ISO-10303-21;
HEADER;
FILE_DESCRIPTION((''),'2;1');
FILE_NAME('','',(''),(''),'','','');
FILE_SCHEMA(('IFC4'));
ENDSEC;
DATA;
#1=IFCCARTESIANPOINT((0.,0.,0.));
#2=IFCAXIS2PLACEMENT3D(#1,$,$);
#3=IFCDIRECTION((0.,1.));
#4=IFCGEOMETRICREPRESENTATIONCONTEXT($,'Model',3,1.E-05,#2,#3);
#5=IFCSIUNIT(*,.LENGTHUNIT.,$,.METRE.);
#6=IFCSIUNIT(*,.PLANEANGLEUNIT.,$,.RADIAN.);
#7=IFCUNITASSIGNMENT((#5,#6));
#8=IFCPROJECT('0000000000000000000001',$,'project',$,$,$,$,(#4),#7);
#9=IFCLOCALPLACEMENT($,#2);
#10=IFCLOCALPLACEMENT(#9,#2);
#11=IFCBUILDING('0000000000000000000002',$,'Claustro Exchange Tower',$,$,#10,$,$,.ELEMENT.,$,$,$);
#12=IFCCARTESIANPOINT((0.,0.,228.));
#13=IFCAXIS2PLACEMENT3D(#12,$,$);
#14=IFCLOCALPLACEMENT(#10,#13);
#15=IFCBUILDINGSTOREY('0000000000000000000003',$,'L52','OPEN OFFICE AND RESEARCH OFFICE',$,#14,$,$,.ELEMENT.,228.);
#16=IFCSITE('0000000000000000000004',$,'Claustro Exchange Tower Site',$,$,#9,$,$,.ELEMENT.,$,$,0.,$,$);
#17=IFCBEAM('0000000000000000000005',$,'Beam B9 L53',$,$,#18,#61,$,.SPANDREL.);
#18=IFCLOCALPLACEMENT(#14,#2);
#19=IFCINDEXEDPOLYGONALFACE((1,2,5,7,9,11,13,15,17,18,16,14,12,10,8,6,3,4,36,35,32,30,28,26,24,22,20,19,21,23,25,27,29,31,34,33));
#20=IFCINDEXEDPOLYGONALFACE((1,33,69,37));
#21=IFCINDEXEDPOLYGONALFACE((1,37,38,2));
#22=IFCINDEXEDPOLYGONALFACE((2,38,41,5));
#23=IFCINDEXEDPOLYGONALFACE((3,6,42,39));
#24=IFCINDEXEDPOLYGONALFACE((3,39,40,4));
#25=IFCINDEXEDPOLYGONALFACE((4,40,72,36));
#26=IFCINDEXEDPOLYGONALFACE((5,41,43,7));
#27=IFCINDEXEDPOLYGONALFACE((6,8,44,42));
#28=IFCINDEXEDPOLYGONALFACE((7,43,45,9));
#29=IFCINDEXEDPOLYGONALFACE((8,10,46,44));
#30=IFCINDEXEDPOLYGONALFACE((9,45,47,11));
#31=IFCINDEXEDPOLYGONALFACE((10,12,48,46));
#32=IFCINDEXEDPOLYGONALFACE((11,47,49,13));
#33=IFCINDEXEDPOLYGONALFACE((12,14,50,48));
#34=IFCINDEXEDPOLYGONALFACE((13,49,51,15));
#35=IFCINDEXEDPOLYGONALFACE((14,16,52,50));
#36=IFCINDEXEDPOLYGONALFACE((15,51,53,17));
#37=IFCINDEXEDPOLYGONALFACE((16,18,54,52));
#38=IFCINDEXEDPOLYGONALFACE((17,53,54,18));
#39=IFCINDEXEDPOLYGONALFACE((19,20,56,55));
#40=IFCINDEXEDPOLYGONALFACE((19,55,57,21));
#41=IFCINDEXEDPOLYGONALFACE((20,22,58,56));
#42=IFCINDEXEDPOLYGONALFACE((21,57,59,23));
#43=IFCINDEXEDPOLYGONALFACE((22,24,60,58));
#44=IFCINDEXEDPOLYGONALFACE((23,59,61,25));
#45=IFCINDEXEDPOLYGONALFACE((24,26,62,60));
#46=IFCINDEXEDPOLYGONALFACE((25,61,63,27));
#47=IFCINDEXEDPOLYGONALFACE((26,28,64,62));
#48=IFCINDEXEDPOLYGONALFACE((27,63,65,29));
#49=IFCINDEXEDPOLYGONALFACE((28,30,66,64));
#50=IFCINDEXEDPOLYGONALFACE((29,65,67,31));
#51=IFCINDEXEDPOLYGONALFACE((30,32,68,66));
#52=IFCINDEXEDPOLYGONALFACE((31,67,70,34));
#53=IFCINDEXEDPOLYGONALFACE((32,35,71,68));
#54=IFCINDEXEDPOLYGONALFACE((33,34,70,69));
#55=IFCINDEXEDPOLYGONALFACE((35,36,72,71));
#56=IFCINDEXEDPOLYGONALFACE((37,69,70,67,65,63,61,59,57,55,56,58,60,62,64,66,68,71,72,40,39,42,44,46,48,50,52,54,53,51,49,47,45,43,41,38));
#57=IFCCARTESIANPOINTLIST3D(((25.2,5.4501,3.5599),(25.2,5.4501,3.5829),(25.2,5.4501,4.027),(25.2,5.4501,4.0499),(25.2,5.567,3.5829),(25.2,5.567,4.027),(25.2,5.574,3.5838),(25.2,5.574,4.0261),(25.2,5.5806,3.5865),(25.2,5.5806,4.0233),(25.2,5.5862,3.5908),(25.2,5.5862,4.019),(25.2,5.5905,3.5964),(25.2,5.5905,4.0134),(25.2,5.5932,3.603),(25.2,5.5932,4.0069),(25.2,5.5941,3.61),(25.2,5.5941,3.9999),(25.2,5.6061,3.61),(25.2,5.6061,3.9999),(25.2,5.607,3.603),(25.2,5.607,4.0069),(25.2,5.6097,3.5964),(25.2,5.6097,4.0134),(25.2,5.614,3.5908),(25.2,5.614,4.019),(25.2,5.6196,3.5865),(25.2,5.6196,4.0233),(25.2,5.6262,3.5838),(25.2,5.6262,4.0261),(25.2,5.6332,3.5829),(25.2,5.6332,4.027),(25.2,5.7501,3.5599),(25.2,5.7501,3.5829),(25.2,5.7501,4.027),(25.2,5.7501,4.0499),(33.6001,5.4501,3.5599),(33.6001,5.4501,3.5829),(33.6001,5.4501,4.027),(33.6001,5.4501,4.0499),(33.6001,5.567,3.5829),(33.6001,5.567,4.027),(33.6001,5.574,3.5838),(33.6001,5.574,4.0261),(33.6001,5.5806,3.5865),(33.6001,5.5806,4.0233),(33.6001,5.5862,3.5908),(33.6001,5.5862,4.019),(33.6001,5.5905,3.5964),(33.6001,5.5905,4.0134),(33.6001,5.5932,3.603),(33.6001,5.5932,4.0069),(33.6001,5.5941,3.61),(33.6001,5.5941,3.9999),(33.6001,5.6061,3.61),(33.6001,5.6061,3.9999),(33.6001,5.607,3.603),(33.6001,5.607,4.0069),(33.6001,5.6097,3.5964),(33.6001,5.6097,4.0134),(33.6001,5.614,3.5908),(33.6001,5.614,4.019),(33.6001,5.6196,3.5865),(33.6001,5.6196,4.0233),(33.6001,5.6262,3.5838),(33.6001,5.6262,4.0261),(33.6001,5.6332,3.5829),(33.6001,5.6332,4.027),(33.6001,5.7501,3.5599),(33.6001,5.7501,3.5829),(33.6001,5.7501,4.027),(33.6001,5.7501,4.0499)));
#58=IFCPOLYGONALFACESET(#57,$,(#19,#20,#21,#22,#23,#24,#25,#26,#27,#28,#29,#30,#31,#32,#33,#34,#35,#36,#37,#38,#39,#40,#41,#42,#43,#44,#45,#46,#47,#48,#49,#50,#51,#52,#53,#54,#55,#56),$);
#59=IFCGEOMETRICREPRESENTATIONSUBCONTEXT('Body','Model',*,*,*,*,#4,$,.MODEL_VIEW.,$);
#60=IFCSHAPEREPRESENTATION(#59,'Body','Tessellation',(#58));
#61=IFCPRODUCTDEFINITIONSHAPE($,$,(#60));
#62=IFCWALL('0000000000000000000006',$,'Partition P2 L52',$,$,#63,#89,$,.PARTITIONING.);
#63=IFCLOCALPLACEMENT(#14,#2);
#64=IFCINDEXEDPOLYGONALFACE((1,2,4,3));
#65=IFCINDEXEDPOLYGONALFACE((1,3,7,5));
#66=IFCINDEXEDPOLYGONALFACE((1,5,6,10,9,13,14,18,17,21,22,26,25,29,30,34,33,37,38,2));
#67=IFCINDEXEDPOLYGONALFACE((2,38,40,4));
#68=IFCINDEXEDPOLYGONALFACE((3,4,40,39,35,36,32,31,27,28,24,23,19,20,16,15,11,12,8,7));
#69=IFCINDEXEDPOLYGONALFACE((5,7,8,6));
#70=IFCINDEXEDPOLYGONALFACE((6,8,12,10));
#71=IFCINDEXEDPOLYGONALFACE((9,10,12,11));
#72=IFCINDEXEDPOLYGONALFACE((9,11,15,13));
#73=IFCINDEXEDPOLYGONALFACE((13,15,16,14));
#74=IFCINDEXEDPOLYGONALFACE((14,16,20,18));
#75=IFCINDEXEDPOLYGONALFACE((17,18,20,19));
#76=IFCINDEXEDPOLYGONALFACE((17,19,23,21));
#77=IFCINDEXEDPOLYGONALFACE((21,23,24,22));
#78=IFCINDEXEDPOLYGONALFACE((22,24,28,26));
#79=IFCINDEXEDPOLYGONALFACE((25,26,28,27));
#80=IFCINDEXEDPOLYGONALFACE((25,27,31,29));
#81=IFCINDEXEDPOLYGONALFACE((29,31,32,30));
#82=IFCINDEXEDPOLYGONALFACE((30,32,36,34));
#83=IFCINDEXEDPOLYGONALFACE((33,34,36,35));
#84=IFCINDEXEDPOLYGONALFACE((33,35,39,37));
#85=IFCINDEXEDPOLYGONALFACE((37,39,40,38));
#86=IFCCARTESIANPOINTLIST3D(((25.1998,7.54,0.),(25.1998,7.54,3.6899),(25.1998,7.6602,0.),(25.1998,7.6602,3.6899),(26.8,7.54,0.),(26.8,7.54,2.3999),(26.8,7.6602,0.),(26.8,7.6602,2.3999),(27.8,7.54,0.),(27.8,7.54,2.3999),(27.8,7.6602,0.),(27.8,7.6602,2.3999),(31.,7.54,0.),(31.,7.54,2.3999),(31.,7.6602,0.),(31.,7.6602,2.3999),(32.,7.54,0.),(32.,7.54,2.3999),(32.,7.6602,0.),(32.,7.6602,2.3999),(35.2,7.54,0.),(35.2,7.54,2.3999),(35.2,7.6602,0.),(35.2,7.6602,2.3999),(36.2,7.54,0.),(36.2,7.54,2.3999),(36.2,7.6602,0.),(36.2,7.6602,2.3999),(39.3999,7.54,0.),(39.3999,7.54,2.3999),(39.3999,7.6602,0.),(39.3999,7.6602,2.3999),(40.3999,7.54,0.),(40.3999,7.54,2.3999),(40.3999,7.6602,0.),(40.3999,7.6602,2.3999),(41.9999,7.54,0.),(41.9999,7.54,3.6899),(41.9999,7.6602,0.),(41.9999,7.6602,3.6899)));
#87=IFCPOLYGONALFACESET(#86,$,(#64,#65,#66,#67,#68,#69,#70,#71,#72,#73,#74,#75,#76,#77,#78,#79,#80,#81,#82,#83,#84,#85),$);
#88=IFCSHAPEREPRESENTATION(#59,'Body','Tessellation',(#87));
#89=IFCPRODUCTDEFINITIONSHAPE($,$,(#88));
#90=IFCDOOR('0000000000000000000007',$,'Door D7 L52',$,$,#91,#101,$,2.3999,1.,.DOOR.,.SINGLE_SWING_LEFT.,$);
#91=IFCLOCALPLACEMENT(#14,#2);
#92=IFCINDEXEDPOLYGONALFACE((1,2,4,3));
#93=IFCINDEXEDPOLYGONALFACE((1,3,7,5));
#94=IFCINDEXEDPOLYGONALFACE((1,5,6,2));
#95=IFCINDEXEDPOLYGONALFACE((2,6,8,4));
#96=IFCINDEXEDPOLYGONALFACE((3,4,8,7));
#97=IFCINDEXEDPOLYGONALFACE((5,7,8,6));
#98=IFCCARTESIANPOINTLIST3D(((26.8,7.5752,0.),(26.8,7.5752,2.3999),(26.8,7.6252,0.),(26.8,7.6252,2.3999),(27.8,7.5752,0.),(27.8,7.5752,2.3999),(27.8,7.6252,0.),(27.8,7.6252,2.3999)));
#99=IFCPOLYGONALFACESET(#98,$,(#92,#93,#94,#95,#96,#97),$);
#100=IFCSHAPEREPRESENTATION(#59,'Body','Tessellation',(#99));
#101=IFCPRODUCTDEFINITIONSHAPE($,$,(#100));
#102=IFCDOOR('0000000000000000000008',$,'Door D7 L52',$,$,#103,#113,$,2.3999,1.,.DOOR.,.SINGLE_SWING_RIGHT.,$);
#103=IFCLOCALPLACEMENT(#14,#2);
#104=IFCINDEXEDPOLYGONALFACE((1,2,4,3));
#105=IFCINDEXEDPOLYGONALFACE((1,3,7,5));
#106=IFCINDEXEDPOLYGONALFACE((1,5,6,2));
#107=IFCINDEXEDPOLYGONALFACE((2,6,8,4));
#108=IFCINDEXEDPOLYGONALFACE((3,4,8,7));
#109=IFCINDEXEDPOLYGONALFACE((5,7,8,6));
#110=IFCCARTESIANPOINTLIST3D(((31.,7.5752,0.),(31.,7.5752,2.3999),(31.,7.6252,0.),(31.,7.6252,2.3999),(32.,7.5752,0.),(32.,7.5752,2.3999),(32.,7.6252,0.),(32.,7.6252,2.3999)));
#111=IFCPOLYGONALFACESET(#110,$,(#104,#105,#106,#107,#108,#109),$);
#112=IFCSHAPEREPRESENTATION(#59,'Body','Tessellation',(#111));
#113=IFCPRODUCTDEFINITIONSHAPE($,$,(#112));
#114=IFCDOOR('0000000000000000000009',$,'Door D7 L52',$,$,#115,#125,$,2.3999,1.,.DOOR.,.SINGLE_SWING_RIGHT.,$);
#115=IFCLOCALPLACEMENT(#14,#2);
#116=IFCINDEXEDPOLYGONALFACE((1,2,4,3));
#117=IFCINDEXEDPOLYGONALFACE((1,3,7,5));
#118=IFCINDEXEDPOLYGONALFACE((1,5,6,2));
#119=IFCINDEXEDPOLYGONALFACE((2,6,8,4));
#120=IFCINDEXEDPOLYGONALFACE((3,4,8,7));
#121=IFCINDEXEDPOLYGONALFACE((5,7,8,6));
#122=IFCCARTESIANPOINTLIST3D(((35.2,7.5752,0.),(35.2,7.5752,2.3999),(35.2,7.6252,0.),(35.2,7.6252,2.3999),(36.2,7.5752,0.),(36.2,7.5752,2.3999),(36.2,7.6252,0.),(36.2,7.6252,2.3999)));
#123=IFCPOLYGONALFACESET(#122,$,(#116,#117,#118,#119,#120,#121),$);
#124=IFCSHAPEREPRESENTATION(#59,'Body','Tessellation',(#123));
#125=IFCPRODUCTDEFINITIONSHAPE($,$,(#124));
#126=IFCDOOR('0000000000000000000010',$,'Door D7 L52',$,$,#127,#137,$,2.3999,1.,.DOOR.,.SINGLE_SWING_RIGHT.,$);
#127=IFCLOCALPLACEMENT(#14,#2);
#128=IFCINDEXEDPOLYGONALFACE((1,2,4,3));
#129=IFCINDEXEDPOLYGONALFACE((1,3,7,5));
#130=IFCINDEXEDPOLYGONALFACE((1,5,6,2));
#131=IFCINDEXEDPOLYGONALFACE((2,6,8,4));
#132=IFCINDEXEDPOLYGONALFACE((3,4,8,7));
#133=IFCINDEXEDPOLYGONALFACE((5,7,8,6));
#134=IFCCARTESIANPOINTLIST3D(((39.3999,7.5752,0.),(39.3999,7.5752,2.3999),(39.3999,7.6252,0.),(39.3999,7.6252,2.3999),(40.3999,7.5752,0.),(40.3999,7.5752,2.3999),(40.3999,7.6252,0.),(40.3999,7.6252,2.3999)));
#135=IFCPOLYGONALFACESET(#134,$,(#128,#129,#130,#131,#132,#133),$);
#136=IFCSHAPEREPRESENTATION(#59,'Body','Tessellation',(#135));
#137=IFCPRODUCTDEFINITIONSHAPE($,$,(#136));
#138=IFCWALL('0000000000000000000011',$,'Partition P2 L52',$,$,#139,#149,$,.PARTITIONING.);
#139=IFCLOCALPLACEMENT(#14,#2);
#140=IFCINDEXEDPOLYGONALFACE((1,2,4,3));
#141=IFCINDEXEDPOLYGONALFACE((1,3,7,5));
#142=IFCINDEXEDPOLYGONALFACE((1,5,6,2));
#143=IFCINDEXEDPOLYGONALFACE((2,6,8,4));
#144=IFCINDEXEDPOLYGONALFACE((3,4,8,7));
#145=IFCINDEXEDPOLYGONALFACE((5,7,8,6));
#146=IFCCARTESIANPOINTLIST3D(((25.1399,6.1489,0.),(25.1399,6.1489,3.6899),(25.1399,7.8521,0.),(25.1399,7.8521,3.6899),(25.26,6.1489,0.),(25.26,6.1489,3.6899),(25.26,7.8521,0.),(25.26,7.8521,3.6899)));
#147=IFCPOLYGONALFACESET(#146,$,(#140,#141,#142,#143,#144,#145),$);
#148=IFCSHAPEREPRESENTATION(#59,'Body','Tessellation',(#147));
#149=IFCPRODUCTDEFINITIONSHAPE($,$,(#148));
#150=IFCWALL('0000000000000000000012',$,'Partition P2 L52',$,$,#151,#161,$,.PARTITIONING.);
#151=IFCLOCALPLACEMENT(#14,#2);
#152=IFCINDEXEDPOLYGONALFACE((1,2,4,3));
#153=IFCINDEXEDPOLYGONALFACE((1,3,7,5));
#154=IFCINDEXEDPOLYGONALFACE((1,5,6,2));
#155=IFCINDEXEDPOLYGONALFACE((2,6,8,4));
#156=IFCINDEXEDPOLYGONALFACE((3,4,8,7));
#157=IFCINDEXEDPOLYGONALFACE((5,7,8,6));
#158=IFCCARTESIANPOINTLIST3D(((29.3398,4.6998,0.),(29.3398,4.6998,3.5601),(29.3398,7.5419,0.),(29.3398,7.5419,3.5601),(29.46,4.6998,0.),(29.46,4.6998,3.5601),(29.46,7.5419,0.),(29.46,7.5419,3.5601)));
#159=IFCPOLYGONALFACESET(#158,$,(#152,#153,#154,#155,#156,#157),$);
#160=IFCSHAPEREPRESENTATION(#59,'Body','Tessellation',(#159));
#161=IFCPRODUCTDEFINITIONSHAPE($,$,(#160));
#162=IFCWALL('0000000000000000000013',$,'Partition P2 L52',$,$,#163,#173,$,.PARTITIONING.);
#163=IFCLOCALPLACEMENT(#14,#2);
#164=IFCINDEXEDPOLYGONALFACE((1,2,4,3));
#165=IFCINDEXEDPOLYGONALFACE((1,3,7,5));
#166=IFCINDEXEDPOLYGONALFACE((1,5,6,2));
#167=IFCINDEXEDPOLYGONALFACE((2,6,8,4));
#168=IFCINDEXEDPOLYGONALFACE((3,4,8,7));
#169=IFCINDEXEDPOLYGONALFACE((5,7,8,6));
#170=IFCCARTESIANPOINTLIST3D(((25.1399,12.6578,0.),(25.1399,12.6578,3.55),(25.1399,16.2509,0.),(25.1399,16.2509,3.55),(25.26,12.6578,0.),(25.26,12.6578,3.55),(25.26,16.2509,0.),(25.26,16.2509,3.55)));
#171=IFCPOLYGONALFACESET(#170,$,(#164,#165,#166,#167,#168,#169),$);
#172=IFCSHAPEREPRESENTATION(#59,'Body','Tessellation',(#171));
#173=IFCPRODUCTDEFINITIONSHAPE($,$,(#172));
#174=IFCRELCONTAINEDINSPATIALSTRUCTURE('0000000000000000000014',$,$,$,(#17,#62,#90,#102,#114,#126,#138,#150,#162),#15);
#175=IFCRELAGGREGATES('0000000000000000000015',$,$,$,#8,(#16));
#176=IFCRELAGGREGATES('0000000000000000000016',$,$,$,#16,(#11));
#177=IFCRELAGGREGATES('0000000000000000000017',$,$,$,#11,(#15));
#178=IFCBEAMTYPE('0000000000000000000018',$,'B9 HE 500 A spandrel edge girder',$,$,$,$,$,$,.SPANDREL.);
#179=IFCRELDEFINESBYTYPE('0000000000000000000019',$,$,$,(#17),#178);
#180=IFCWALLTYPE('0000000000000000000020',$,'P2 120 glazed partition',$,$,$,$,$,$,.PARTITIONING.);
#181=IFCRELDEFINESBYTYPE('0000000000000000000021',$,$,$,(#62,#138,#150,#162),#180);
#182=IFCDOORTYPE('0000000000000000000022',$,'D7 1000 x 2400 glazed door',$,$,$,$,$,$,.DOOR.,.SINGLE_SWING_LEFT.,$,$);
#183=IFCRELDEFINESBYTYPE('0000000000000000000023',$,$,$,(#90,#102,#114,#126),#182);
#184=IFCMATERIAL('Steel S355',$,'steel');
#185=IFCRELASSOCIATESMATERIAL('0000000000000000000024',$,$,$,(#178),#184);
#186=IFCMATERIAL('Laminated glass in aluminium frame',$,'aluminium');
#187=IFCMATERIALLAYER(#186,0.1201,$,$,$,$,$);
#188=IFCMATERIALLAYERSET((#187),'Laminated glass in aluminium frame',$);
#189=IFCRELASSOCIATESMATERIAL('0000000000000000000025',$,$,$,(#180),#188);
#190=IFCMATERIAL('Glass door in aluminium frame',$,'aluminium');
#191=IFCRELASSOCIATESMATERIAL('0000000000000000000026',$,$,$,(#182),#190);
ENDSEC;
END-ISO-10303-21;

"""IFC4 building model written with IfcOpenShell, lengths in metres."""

from ifc_helpers import new_model, si_unit, direction, frame, frame_2d, origin, origin_2d, place, context, subcontext, project, spatial, rectangle, i_section, extrude, material, layer, layer_set, material_profile, profile_set, type_object, element, fill, save


model = new_model("IFC4")

# Units and contexts
model_context = context("Model", 3, precision=1e-05, world=origin(), true_north=direction((0.0, 1.0)))
body_context = subcontext(model_context, "Body", "Model", "MODEL_VIEW")
ifc_project = project(units=[si_unit("LENGTHUNIT", "METRE"), si_unit("PLANEANGLEUNIT", "RADIAN")], contexts=[model_context])

# Site, building, storey
site_placement = place(None, origin())
site = spatial("IfcSite", under=ifc_project, at=site_placement, Name="Claustro Exchange Tower Site", CompositionType="ELEMENT", RefElevation=0.0)
building_placement = place(site_placement, origin())
building = spatial("IfcBuilding", under=site, at=building_placement, Name="Claustro Exchange Tower", CompositionType="ELEMENT")
storey_placement = place(building_placement, frame((0.0, 0.0, 228.0)))
storey = spatial("IfcBuildingStorey", under=building, at=storey_placement, Name="L52", Description="OPEN OFFICE AND RESEARCH OFFICE", CompositionType="ELEMENT", Elevation=228.0)

# Beam
ifc_material_1 = material(Name="Steel S355", Category="steel")
ifc_material_profile_1 = material_profile(ifc_material_1, i_section(OverallWidth=0.3, OverallDepth=0.49, WebThickness=0.012, FlangeThickness=0.0229, FilletRadius=0.0271, at=origin_2d()), Name="HE 500 A")
ifc_profile_set_1 = profile_set([ifc_material_profile_1], Name="Steel S355")
beam_type_1 = type_object("IfcBeamType", Name="B9 HE 500 A spandrel edge girder", PredefinedType="SPANDREL", material=ifc_profile_set_1)
beam_1_placement = place(storey_placement, frame((25.2, 5.6001, 3.8049), z_axis=(1.0, 0.0, 0.0), x_axis=(0.0, 1.0, 0.0)))
element("IfcBeam", 1, at=beam_1_placement, inside=storey, type_object=beam_type_1, Name="Beam B9 L53", PredefinedType="SPANDREL", context=body_context, shape_type="SweptSolid", body=[
    extrude(i_section(OverallWidth=0.3, OverallDepth=0.49, WebThickness=0.012, FlangeThickness=0.0229, FilletRadius=0.0271, at=origin_2d()), origin(), (0.0, 0.0, 1.0), 8.4001),
])

# Wall, openings, doors
ifc_material_2 = material(Name="Laminated glass in aluminium frame", Category="aluminium")
ifc_layer_1 = layer(ifc_material_2, 0.1201)
ifc_layer_set_1 = layer_set([ifc_layer_1], Name="Laminated glass in aluminium frame")
wall_type_1 = type_object("IfcWallType", Name="P2 120 glazed partition", PredefinedType="PARTITIONING", material=ifc_layer_set_1)
wall_1_placement = place(storey_placement, frame((25.2, 7.6001, 0.0), z_axis=(0.0, 0.0, 1.0), x_axis=(1.0, 0.0, 0.0)))
wall_1 = element("IfcWall", 2, at=wall_1_placement, inside=storey, type_object=wall_type_1, Name="Partition P2 L52", PredefinedType="PARTITIONING", context=body_context, shape_type="SweptSolid", body=[
    extrude(rectangle(XDim=16.8, YDim=0.1201, at=frame_2d((8.3999, 0.0))), origin(), (0.0, 0.0, 1.0), 3.6899),
])
opening_1_placement = place(wall_1_placement, frame((1.6001, 0.0, 0.0)))
opening_1 = element("IfcOpeningElement", 3, at=opening_1_placement, cuts=wall_1, PredefinedType="OPENING", context=body_context, shape_type="SweptSolid", body=[
    extrude(rectangle(XDim=1.0, YDim=2.3999, at=frame_2d((0.5, 1.2))), frame((0.0, 0.0701, 0.0), z_axis=(0.0, -1.0, 0.0), x_axis=(1.0, 0.0, 0.0)), (0.0, 0.0, 1.0), 0.1401),
])
opening_2_placement = place(wall_1_placement, frame((5.8, 0.0, 0.0)))
opening_2 = element("IfcOpeningElement", 4, at=opening_2_placement, cuts=wall_1, PredefinedType="OPENING", context=body_context, shape_type="SweptSolid", body=[
    extrude(rectangle(XDim=1.0, YDim=2.3999, at=frame_2d((0.5, 1.2))), frame((0.0, 0.0701, 0.0), z_axis=(0.0, -1.0, 0.0), x_axis=(1.0, 0.0, 0.0)), (0.0, 0.0, 1.0), 0.1401),
])
opening_3_placement = place(wall_1_placement, frame((10.0, 0.0, 0.0)))
opening_3 = element("IfcOpeningElement", 5, at=opening_3_placement, cuts=wall_1, PredefinedType="OPENING", context=body_context, shape_type="SweptSolid", body=[
    extrude(rectangle(XDim=1.0, YDim=2.3999, at=frame_2d((0.5, 1.2))), frame((0.0, 0.0701, 0.0), z_axis=(0.0, -1.0, 0.0), x_axis=(1.0, 0.0, 0.0)), (0.0, 0.0, 1.0), 0.1401),
])
opening_4_placement = place(wall_1_placement, frame((14.2, 0.0, 0.0)))
opening_4 = element("IfcOpeningElement", 6, at=opening_4_placement, cuts=wall_1, PredefinedType="OPENING", context=body_context, shape_type="SweptSolid", body=[
    extrude(rectangle(XDim=1.0, YDim=2.3999, at=frame_2d((0.5, 1.2))), frame((0.0, 0.0701, 0.0), z_axis=(0.0, -1.0, 0.0), x_axis=(1.0, 0.0, 0.0)), (0.0, 0.0, 1.0), 0.1401),
])
ifc_material_3 = material(Name="Glass door in aluminium frame", Category="aluminium")
door_type = type_object("IfcDoorType", Name="D7 1000 x 2400 glazed door", OperationType="SINGLE_SWING_LEFT", PredefinedType="DOOR", material=ifc_material_3)
door_1_placement = place(opening_1_placement, frame((1.0, 0.0, 0.0), z_axis=(0.0, 0.0, 1.0), x_axis=(-1.0, 0.0, 0.0)))
door_1 = element("IfcDoor", 7, at=door_1_placement, inside=storey, type_object=door_type, Name="Door D7 L52", OperationType="SINGLE_SWING_LEFT", OverallHeight=2.3999, OverallWidth=1.0, PredefinedType="DOOR", context=body_context, shape_type="SweptSolid", body=[
    extrude(rectangle(XDim=1.0, YDim=2.3999, at=frame_2d((0.5, 1.2))), frame((0.0, 0.0249, 0.0), z_axis=(0.0, -1.0, 0.0), x_axis=(1.0, 0.0, 0.0)), (0.0, 0.0, 1.0), 0.05),
])
fill(opening_1, door_1)
door_2_placement = place(opening_2_placement, frame((1.0, 0.0, 0.0), z_axis=(0.0, 0.0, 1.0), x_axis=(-1.0, 0.0, 0.0)))
door_2 = element("IfcDoor", 8, at=door_2_placement, inside=storey, type_object=door_type, Name="Door D7 L52", OperationType="SINGLE_SWING_RIGHT", OverallHeight=2.3999, OverallWidth=1.0, PredefinedType="DOOR", context=body_context, shape_type="SweptSolid", body=[
    extrude(rectangle(XDim=1.0, YDim=2.3999, at=frame_2d((0.5, 1.2))), frame((0.0, 0.0249, 0.0), z_axis=(0.0, -1.0, 0.0), x_axis=(1.0, 0.0, 0.0)), (0.0, 0.0, 1.0), 0.05),
])
fill(opening_2, door_2)
door_3_placement = place(opening_3_placement, frame((1.0, 0.0, 0.0), z_axis=(0.0, 0.0, 1.0), x_axis=(-1.0, 0.0, 0.0)))
door_3 = element("IfcDoor", 9, at=door_3_placement, inside=storey, type_object=door_type, Name="Door D7 L52", OperationType="SINGLE_SWING_RIGHT", OverallHeight=2.3999, OverallWidth=1.0, PredefinedType="DOOR", context=body_context, shape_type="SweptSolid", body=[
    extrude(rectangle(XDim=1.0, YDim=2.3999, at=frame_2d((0.5, 1.2))), frame((0.0, 0.0249, 0.0), z_axis=(0.0, -1.0, 0.0), x_axis=(1.0, 0.0, 0.0)), (0.0, 0.0, 1.0), 0.05),
])
fill(opening_3, door_3)
door_4_placement = place(opening_4_placement, frame((1.0, 0.0, 0.0), z_axis=(0.0, 0.0, 1.0), x_axis=(-1.0, 0.0, 0.0)))
door_4 = element("IfcDoor", 10, at=door_4_placement, inside=storey, type_object=door_type, Name="Door D7 L52", OperationType="SINGLE_SWING_RIGHT", OverallHeight=2.3999, OverallWidth=1.0, PredefinedType="DOOR", context=body_context, shape_type="SweptSolid", body=[
    extrude(rectangle(XDim=1.0, YDim=2.3999, at=frame_2d((0.5, 1.2))), frame((0.0, 0.0249, 0.0), z_axis=(0.0, -1.0, 0.0), x_axis=(1.0, 0.0, 0.0)), (0.0, 0.0, 1.0), 0.05),
])
fill(opening_4, door_4)

# Walls
wall_2_placement = place(storey_placement, frame((25.2, 6.1489, 0.0), z_axis=(0.0, 0.0, 1.0), x_axis=(0.0, 1.0, 0.0)))
element("IfcWall", 11, at=wall_2_placement, inside=storey, type_object=wall_type_1, Name="Partition P2 L52", PredefinedType="PARTITIONING", context=body_context, shape_type="SweptSolid", body=[
    extrude(rectangle(XDim=1.7031, YDim=0.1201, at=frame_2d((0.8516, 0.0))), origin(), (0.0, 0.0, 1.0), 3.6899),
])
wall_3_placement = place(storey_placement, frame((29.3999, 4.7, 0.0), z_axis=(0.0, 0.0, 1.0), x_axis=(0.0, 1.0, 0.0)))
element("IfcWall", 12, at=wall_3_placement, inside=storey, type_object=wall_type_1, Name="Partition P2 L52", PredefinedType="PARTITIONING", context=body_context, shape_type="SweptSolid", body=[
    extrude(rectangle(XDim=2.842, YDim=0.1201, at=frame_2d((1.4209, 0.0))), origin(), (0.0, 0.0, 1.0), 3.5601),
])
wall_4_placement = place(storey_placement, frame((25.2, 12.658, 0.0), z_axis=(0.0, 0.0, 1.0), x_axis=(0.0, 1.0, 0.0)))
element("IfcWall", 13, at=wall_4_placement, inside=storey, type_object=wall_type_1, Name="Partition P2 L52", PredefinedType="PARTITIONING", context=body_context, shape_type="SweptSolid", body=[
    extrude(rectangle(XDim=3.593, YDim=0.1201, at=frame_2d((1.7964, 0.0))), origin(), (0.0, 0.0, 1.0), 3.55),
])

save(model, "model.ifc")
